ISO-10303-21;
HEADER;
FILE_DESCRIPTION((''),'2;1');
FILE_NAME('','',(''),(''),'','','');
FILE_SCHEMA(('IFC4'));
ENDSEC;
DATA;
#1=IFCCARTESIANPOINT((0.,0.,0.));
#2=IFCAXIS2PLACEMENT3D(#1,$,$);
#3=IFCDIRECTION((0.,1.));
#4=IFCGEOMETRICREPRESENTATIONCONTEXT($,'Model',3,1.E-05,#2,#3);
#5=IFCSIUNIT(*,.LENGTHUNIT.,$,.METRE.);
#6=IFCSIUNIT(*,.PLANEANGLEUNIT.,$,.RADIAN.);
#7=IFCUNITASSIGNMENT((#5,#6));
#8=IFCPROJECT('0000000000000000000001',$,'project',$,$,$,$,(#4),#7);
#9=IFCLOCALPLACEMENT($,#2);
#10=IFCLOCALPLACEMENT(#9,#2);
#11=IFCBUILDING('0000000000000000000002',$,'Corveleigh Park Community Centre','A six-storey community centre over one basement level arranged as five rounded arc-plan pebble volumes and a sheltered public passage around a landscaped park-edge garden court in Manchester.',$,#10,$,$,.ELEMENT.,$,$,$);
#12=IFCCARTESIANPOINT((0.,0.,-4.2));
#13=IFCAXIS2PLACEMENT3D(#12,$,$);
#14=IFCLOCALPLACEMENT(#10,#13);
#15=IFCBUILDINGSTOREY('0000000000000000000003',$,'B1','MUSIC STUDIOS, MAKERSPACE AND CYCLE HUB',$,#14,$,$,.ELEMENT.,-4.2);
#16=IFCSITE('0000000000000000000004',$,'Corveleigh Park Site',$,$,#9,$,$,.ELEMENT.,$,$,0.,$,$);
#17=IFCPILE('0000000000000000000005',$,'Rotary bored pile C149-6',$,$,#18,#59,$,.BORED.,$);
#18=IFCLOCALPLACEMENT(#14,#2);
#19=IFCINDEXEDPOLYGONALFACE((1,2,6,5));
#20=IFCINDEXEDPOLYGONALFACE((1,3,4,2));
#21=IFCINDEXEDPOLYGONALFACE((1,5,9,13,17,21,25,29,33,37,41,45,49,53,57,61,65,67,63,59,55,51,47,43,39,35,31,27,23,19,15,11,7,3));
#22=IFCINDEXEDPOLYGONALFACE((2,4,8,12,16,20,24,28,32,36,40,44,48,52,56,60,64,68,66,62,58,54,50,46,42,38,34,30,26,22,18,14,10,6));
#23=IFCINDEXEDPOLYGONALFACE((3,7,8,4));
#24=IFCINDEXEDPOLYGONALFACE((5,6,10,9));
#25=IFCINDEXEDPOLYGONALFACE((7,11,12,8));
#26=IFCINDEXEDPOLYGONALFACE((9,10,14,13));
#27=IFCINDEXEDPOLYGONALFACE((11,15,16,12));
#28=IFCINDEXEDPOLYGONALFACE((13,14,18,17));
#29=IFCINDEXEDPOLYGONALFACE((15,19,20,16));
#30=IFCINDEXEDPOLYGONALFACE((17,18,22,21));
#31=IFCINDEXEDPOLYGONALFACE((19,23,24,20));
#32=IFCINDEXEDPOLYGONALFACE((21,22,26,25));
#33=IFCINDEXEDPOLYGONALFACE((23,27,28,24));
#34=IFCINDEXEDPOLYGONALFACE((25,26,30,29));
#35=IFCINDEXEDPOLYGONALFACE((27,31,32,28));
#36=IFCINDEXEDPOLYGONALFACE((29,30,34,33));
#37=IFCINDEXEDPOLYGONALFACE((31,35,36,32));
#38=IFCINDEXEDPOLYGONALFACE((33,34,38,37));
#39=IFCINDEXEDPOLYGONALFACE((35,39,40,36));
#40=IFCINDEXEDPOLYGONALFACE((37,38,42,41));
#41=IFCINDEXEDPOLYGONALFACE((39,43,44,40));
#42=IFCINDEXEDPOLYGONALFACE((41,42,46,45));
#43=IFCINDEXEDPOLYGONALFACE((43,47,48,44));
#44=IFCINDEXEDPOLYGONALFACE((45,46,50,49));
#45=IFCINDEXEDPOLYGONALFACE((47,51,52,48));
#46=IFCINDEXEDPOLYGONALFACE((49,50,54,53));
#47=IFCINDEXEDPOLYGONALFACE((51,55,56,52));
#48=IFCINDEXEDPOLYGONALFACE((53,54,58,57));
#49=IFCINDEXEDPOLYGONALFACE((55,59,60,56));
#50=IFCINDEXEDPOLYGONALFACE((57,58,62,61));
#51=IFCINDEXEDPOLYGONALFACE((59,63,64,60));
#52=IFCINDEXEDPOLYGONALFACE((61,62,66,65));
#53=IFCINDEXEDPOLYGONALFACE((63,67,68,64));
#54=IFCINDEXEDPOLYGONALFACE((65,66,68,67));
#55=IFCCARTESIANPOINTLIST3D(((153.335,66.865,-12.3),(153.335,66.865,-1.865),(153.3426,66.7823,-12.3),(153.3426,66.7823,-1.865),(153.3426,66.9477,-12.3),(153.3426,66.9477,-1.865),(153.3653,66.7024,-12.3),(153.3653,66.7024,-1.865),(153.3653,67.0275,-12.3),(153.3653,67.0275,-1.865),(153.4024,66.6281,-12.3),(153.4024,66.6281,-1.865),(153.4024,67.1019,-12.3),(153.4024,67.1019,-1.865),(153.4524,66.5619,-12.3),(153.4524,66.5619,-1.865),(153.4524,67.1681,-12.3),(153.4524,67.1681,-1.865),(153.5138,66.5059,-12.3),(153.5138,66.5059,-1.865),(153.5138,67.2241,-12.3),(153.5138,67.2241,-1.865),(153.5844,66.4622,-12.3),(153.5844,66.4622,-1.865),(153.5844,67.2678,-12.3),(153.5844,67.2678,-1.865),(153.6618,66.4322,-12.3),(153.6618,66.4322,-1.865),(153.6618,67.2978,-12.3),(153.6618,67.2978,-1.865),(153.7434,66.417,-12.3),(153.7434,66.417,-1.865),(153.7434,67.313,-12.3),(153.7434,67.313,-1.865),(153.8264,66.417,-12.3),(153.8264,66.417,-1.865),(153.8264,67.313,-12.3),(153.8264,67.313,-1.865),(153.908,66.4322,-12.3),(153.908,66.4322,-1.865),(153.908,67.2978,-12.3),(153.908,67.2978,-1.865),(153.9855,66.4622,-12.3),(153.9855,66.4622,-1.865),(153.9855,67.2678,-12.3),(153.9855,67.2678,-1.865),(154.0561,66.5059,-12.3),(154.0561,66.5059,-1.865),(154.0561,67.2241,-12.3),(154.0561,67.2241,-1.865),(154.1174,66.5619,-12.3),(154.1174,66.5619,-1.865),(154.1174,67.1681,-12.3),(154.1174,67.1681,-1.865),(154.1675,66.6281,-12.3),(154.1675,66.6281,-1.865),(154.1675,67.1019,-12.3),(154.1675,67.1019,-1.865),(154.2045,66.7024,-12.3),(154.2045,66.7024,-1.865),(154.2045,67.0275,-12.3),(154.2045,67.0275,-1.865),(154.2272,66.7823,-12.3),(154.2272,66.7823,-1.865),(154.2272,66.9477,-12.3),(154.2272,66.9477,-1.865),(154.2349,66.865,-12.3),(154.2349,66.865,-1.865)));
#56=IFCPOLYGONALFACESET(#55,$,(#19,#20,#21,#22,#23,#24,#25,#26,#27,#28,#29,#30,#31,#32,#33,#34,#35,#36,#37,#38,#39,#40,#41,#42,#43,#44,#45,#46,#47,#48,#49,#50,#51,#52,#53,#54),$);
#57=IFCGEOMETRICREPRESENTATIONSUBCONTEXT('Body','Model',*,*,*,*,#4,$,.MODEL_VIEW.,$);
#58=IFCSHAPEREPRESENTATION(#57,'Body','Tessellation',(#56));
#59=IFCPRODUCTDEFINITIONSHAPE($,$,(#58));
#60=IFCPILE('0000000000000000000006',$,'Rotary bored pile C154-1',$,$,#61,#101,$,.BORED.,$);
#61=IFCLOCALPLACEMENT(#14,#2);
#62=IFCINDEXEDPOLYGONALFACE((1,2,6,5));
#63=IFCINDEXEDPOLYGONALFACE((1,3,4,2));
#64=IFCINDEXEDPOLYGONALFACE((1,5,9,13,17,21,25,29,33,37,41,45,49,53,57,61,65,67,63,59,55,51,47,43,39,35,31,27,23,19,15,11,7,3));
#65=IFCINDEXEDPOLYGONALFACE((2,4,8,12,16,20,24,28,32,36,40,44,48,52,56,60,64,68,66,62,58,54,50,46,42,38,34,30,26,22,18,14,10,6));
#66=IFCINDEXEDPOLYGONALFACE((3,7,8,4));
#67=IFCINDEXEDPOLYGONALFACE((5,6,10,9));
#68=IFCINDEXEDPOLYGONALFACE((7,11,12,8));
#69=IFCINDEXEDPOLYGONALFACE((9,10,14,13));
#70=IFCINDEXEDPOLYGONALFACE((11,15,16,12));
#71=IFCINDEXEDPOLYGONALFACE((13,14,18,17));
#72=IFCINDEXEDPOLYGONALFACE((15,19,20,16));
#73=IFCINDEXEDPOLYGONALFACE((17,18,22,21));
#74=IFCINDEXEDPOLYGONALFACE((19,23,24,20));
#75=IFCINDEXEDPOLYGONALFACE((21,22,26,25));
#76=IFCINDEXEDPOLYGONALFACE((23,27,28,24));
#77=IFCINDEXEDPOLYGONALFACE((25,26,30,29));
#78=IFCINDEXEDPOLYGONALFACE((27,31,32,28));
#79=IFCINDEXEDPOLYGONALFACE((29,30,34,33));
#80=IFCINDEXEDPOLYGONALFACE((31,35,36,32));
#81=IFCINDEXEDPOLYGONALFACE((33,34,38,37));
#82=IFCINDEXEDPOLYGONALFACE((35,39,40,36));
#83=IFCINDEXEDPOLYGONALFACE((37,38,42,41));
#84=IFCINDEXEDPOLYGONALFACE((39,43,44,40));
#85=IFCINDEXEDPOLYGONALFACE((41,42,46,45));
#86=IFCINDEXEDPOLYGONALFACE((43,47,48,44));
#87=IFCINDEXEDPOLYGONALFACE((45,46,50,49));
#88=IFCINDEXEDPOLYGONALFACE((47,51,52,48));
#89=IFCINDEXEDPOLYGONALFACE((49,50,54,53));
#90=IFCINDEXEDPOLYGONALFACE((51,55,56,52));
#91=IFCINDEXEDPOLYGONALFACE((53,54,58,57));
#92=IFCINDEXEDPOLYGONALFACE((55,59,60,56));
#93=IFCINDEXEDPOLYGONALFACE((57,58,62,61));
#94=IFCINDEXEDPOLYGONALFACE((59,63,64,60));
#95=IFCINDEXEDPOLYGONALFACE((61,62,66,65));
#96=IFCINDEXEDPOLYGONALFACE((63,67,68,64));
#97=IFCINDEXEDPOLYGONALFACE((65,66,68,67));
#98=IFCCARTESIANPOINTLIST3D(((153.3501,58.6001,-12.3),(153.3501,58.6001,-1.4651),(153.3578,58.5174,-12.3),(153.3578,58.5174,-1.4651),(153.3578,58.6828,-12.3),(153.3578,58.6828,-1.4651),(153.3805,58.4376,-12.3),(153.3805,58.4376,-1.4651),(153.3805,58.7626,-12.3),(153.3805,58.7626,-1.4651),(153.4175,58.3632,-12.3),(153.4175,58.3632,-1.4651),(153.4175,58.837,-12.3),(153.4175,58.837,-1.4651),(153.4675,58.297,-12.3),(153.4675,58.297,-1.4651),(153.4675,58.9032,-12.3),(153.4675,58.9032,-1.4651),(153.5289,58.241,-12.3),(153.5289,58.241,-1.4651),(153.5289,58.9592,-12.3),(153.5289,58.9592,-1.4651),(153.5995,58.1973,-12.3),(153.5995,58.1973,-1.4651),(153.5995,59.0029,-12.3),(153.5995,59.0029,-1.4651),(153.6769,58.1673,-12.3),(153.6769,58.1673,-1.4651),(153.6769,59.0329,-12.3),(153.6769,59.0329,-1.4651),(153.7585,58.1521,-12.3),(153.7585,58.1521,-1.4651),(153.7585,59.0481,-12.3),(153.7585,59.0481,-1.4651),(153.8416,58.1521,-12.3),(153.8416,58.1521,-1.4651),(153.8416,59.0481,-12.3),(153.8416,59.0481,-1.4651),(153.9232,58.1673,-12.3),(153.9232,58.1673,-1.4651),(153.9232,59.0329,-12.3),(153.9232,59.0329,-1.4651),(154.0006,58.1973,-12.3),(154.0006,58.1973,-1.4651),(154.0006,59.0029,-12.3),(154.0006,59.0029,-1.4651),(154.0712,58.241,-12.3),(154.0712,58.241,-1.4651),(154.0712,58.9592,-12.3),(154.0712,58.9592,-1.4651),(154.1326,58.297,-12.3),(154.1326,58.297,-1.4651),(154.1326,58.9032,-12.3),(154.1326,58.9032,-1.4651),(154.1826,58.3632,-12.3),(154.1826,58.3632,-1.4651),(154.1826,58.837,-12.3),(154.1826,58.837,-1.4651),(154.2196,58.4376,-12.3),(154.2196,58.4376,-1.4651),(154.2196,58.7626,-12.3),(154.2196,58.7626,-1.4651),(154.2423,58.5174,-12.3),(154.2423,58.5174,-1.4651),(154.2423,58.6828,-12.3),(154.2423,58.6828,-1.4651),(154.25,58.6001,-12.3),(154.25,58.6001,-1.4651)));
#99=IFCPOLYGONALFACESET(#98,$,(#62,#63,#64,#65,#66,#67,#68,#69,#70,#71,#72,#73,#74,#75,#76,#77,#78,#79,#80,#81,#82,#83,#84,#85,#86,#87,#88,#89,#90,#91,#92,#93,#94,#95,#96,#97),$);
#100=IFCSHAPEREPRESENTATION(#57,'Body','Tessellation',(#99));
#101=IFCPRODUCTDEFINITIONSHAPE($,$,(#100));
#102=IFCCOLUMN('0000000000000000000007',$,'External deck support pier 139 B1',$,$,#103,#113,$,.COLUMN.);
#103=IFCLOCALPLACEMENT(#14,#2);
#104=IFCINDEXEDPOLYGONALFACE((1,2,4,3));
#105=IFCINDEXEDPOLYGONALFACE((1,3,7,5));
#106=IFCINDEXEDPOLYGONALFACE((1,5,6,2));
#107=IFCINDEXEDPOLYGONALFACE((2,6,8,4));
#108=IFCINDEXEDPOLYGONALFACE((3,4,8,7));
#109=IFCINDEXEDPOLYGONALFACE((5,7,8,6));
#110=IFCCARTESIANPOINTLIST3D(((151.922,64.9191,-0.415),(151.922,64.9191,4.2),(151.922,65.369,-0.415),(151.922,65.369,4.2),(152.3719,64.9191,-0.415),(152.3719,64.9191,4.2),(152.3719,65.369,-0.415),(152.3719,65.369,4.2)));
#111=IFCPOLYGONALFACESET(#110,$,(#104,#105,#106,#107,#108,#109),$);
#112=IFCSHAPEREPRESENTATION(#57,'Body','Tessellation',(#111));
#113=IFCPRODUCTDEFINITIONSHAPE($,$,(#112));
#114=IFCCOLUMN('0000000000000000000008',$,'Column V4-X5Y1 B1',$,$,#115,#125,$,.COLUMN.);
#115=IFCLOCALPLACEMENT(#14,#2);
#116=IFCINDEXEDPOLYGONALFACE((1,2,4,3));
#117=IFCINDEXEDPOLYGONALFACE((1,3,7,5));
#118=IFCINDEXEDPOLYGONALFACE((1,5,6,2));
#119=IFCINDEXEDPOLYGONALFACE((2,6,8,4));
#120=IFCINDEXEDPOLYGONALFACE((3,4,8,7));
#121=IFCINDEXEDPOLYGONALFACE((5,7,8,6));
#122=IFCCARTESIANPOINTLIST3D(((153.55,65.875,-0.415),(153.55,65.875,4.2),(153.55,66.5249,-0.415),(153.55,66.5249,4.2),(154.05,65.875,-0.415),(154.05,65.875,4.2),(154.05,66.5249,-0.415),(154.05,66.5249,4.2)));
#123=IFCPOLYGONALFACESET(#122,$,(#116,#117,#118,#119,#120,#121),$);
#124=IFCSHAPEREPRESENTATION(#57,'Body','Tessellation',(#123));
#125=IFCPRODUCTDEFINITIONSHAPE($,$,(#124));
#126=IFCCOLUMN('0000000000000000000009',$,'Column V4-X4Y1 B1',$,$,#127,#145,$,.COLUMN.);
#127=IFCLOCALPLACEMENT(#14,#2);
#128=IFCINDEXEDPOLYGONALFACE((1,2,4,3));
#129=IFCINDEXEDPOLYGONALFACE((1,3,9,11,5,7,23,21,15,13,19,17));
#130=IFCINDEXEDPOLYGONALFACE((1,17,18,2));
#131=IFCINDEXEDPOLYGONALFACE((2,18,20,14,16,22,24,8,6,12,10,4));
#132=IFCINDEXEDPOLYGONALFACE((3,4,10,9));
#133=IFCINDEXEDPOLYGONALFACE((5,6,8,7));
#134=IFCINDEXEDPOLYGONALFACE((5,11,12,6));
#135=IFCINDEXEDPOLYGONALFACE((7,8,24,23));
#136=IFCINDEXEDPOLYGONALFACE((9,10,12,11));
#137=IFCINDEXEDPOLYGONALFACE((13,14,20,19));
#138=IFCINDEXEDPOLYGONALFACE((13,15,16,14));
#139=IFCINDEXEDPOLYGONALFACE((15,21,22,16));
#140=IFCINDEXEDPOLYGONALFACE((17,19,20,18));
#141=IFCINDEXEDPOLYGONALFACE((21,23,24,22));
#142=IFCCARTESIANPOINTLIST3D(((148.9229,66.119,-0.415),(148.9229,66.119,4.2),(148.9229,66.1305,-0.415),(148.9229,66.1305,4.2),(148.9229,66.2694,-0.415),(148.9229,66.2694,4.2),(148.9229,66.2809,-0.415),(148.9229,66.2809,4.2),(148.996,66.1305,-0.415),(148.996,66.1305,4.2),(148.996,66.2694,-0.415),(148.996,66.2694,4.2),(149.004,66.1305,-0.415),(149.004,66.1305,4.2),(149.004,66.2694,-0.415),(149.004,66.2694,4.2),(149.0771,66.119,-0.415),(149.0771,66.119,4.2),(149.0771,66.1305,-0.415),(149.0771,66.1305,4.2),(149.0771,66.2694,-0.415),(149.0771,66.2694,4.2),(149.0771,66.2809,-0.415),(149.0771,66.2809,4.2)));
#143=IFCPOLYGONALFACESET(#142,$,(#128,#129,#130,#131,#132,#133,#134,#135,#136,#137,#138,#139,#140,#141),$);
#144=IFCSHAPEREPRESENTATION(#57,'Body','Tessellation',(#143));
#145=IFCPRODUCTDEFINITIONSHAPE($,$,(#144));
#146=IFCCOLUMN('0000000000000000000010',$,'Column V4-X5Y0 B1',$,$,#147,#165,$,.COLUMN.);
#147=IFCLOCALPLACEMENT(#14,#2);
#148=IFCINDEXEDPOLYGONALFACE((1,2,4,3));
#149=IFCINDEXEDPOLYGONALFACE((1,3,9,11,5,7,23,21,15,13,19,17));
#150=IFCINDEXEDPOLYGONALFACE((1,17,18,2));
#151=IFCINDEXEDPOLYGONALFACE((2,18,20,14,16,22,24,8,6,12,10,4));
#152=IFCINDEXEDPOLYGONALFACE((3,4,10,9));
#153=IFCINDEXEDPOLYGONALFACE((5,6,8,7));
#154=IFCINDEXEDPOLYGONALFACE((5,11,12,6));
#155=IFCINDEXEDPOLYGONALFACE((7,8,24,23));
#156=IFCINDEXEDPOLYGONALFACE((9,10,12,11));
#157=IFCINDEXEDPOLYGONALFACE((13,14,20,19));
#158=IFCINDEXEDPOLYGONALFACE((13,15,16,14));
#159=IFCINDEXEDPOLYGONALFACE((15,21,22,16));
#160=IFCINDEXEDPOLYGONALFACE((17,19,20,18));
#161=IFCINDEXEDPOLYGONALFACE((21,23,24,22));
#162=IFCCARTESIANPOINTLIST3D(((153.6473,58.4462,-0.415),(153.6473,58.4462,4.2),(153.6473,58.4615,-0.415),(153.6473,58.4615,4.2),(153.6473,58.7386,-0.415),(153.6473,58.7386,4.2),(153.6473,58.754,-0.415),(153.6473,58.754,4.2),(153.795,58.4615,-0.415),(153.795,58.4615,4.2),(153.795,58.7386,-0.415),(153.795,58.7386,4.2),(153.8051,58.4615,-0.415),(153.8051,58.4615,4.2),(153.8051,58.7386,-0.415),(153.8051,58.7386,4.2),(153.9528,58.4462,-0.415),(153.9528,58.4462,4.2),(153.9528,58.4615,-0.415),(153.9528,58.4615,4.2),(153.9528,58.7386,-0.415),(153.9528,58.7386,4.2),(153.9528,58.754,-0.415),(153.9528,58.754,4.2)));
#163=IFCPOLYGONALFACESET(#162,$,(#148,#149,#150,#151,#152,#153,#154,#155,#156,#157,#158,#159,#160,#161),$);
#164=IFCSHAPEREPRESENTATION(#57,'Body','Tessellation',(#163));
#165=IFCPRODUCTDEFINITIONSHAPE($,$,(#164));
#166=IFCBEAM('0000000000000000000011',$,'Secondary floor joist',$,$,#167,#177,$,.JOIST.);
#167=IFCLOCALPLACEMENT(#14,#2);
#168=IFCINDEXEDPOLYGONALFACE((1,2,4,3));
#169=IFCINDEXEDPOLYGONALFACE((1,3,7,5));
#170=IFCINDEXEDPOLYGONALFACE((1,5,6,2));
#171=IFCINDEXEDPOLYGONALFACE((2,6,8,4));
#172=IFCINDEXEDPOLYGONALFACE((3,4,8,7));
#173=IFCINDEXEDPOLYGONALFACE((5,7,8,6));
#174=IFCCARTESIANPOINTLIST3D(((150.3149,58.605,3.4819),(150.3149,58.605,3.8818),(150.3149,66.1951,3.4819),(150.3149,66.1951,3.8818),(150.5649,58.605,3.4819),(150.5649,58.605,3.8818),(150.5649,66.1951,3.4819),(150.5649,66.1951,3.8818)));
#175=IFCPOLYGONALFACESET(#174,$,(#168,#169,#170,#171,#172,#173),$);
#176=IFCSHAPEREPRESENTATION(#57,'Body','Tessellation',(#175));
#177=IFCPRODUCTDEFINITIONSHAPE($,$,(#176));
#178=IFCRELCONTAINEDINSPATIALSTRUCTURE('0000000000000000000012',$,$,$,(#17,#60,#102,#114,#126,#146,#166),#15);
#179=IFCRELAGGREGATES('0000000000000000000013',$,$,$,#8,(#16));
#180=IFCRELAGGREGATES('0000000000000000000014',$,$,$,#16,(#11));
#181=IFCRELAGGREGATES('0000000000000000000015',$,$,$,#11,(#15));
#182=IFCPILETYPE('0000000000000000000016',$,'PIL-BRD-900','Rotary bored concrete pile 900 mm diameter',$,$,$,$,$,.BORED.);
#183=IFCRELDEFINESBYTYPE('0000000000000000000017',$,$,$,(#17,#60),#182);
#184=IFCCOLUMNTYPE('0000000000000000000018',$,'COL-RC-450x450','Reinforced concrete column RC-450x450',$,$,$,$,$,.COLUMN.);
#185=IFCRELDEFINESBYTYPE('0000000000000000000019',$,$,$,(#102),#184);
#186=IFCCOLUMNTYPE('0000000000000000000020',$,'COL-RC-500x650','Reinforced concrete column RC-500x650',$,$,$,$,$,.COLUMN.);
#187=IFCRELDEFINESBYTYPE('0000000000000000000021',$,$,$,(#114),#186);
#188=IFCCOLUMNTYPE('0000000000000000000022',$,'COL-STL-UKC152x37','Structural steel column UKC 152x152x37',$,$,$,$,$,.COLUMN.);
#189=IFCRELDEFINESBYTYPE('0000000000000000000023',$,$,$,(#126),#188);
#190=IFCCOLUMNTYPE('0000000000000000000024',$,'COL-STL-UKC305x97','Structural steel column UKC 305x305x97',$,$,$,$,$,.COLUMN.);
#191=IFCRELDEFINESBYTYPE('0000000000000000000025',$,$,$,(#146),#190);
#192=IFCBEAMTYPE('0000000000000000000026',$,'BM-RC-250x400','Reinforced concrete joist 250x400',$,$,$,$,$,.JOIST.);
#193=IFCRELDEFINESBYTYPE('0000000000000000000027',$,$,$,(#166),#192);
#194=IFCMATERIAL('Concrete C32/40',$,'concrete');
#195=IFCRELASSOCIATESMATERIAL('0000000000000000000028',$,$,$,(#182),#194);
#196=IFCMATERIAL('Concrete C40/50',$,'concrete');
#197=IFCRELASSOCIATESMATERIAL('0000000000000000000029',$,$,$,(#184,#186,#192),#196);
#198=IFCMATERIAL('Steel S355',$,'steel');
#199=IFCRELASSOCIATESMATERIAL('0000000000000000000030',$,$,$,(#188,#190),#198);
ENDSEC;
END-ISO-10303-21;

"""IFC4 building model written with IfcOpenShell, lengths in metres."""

from ifc_helpers import new_model, si_unit, direction, frame, origin, origin_2d, place, context, subcontext, project, spatial, rectangle, circle, i_section, extrude, material, material_profile, profile_set, type_object, element, save


model = new_model("IFC4")

# Units and contexts
model_context = context("Model", 3, precision=1e-05, world=origin(), true_north=direction((0.0, 1.0)))
body_context = subcontext(model_context, "Body", "Model", "MODEL_VIEW")
ifc_project = project(units=[si_unit("LENGTHUNIT", "METRE"), si_unit("PLANEANGLEUNIT", "RADIAN")], contexts=[model_context])

# Site, building, storey
site_placement = place(None, origin())
site = spatial("IfcSite", under=ifc_project, at=site_placement, Name="Corveleigh Park Site", CompositionType="ELEMENT", RefElevation=0.0)
building_placement = place(site_placement, origin())
building = spatial("IfcBuilding", under=site, at=building_placement, Name="Corveleigh Park Community Centre", Description="A six-storey community centre over one basement level arranged as five rounded arc-plan pebble volumes and a sheltered public passage around a landscaped park-edge garden court in Manchester.", CompositionType="ELEMENT")
storey_placement = place(building_placement, frame((0.0, 0.0, -4.2)))
storey = spatial("IfcBuildingStorey", under=building, at=storey_placement, Name="B1", Description="MUSIC STUDIOS, MAKERSPACE AND CYCLE HUB", CompositionType="ELEMENT", Elevation=-4.2)

# Shared definitions
ifc_material_1 = material(Name="Concrete C40/50", Category="concrete")

# Piles
ifc_material_2 = material(Name="Concrete C32/40", Category="concrete")
ifc_material_profile_1 = material_profile(ifc_material_2, circle(Radius=0.45, at=origin_2d()), Name="BORED-PILE-900", Category="concrete")
ifc_profile_set_1 = profile_set([ifc_material_profile_1], Name="Concrete C32/40")
pile_type = type_object("IfcPileType", Name="PIL-BRD-900", Description="Rotary bored concrete pile 900 mm diameter", PredefinedType="BORED", material=ifc_profile_set_1)
for number, where, z_axis, x_axis, name in (
    (1, (153.7849, 66.865, -1.865), (0.0, 0.0, -1.0), (1.0, 0.0, 0.0), "Rotary bored pile C149-6"),
):
    element("IfcPile", number, at=place(storey_placement, frame(where, z_axis=z_axis, x_axis=x_axis)), inside=storey, type_object=pile_type, Name=name, PredefinedType="BORED", context=body_context, shape_type="SweptSolid", body=[
        extrude(circle(Radius=0.45, at=origin_2d()), origin(), (0.0, 0.0, 1.0), 10.4351),
    ])
pile_1_placement = place(storey_placement, frame((153.8, 58.6001, -1.4651), z_axis=(0.0, 0.0, -1.0), x_axis=(1.0, 0.0, 0.0)))
element("IfcPile", 2, at=pile_1_placement, inside=storey, type_object=pile_type, Name="Rotary bored pile C154-1", PredefinedType="BORED", context=body_context, shape_type="SweptSolid", body=[
    extrude(circle(Radius=0.45, at=origin_2d()), origin(), (0.0, 0.0, 1.0), 10.835),
])

# Columns
ifc_material_profile_2 = material_profile(ifc_material_1, rectangle(XDim=0.45, YDim=0.45, at=origin_2d()), Name="RC-450x450", Category="concrete")
ifc_profile_set_2 = profile_set([ifc_material_profile_2], Name="Concrete C40/50")
column_type_1 = type_object("IfcColumnType", Name="COL-RC-450x450", Description="Reinforced concrete column RC-450x450", PredefinedType="COLUMN", material=ifc_profile_set_2)
column_1_placement = place(storey_placement, frame((152.147, 65.144, -0.415), z_axis=(0.0, 0.0, 1.0), x_axis=(1.0, 0.0, 0.0)))
element("IfcColumn", 3, at=column_1_placement, inside=storey, type_object=column_type_1, Name="External deck support pier 139 B1", PredefinedType="COLUMN", context=body_context, shape_type="SweptSolid", body=[
    extrude(rectangle(XDim=0.45, YDim=0.45, at=origin_2d()), origin(), (0.0, 0.0, 1.0), 4.615),
])
ifc_material_profile_3 = material_profile(ifc_material_1, rectangle(XDim=0.5, YDim=0.6499, at=origin_2d()), Name="RC-500x650", Category="concrete")
ifc_profile_set_3 = profile_set([ifc_material_profile_3], Name="Concrete C40/50")
column_type_2 = type_object("IfcColumnType", Name="COL-RC-500x650", Description="Reinforced concrete column RC-500x650", PredefinedType="COLUMN", material=ifc_profile_set_3)
column_2_placement = place(storey_placement, frame((153.8, 66.2, -0.415), z_axis=(0.0, 0.0, 1.0), x_axis=(1.0, 0.0, 0.0)))
element("IfcColumn", 4, at=column_2_placement, inside=storey, type_object=column_type_2, Name="Column V4-X5Y1 B1", PredefinedType="COLUMN", context=body_context, shape_type="SweptSolid", body=[
    extrude(rectangle(XDim=0.5, YDim=0.6499, at=origin_2d()), origin(), (0.0, 0.0, 1.0), 4.615),
])
ifc_material_3 = material(Name="Steel S355", Category="steel")
ifc_material_profile_4 = material_profile(ifc_material_3, i_section(OverallWidth=0.1543, OverallDepth=0.1619, WebThickness=0.0081, FlangeThickness=0.0115, at=origin_2d()), Name="UKC 152x152x37", Category="steel")
ifc_profile_set_4 = profile_set([ifc_material_profile_4], Name="Steel S355")
column_type_3 = type_object("IfcColumnType", Name="COL-STL-UKC152x37", Description="Structural steel column UKC 152x152x37", PredefinedType="COLUMN", material=ifc_profile_set_4)
column_3_placement = place(storey_placement, frame((149.0, 66.2, -0.415), z_axis=(0.0, 0.0, 1.0), x_axis=(1.0, 0.0, 0.0)))
element("IfcColumn", 5, at=column_3_placement, inside=storey, type_object=column_type_3, Name="Column V4-X4Y1 B1", PredefinedType="COLUMN", context=body_context, shape_type="SweptSolid", body=[
    extrude(i_section(OverallWidth=0.1543, OverallDepth=0.1619, WebThickness=0.0081, FlangeThickness=0.0115, at=origin_2d()), origin(), (0.0, 0.0, 1.0), 4.615),
])
ifc_material_profile_5 = material_profile(ifc_material_3, i_section(OverallWidth=0.3054, OverallDepth=0.3079, WebThickness=0.01, FlangeThickness=0.0154, at=origin_2d()), Name="UKC 305x305x97", Category="steel")
ifc_profile_set_5 = profile_set([ifc_material_profile_5], Name="Steel S355")
column_type_4 = type_object("IfcColumnType", Name="COL-STL-UKC305x97", Description="Structural steel column UKC 305x305x97", PredefinedType="COLUMN", material=ifc_profile_set_5)
column_4_placement = place(storey_placement, frame((153.8, 58.6001, -0.415), z_axis=(0.0, 0.0, 1.0), x_axis=(1.0, 0.0, 0.0)))
element("IfcColumn", 6, at=column_4_placement, inside=storey, type_object=column_type_4, Name="Column V4-X5Y0 B1", PredefinedType="COLUMN", context=body_context, shape_type="SweptSolid", body=[
    extrude(i_section(OverallWidth=0.3054, OverallDepth=0.3079, WebThickness=0.01, FlangeThickness=0.0154, at=origin_2d()), origin(), (0.0, 0.0, 1.0), 4.615),
])

# Beam
ifc_material_profile_6 = material_profile(ifc_material_1, rectangle(XDim=0.25, YDim=0.3999, at=origin_2d()), Name="RC-250x400", Category="concrete")
ifc_profile_set_6 = profile_set([ifc_material_profile_6], Name="Concrete C40/50")
beam_type_1 = type_object("IfcBeamType", Name="BM-RC-250x400", Description="Reinforced concrete joist 250x400", PredefinedType="JOIST", material=ifc_profile_set_6)
for number, where, z_axis, x_axis, name in (
    (7, (150.4399, 58.605, 3.6819), (0.0, 1.0, 0.0), (-1.0, 0.0, 0.0), "Secondary floor joist"),
):
    element("IfcBeam", number, at=place(storey_placement, frame(where, z_axis=z_axis, x_axis=x_axis)), inside=storey, type_object=beam_type_1, Name=name, PredefinedType="JOIST", context=body_context, shape_type="SweptSolid", body=[
        extrude(rectangle(XDim=0.25, YDim=0.3999, at=origin_2d()), origin(), (0.0, 0.0, 1.0), 7.5901),
    ])

save(model, "model.ifc")
